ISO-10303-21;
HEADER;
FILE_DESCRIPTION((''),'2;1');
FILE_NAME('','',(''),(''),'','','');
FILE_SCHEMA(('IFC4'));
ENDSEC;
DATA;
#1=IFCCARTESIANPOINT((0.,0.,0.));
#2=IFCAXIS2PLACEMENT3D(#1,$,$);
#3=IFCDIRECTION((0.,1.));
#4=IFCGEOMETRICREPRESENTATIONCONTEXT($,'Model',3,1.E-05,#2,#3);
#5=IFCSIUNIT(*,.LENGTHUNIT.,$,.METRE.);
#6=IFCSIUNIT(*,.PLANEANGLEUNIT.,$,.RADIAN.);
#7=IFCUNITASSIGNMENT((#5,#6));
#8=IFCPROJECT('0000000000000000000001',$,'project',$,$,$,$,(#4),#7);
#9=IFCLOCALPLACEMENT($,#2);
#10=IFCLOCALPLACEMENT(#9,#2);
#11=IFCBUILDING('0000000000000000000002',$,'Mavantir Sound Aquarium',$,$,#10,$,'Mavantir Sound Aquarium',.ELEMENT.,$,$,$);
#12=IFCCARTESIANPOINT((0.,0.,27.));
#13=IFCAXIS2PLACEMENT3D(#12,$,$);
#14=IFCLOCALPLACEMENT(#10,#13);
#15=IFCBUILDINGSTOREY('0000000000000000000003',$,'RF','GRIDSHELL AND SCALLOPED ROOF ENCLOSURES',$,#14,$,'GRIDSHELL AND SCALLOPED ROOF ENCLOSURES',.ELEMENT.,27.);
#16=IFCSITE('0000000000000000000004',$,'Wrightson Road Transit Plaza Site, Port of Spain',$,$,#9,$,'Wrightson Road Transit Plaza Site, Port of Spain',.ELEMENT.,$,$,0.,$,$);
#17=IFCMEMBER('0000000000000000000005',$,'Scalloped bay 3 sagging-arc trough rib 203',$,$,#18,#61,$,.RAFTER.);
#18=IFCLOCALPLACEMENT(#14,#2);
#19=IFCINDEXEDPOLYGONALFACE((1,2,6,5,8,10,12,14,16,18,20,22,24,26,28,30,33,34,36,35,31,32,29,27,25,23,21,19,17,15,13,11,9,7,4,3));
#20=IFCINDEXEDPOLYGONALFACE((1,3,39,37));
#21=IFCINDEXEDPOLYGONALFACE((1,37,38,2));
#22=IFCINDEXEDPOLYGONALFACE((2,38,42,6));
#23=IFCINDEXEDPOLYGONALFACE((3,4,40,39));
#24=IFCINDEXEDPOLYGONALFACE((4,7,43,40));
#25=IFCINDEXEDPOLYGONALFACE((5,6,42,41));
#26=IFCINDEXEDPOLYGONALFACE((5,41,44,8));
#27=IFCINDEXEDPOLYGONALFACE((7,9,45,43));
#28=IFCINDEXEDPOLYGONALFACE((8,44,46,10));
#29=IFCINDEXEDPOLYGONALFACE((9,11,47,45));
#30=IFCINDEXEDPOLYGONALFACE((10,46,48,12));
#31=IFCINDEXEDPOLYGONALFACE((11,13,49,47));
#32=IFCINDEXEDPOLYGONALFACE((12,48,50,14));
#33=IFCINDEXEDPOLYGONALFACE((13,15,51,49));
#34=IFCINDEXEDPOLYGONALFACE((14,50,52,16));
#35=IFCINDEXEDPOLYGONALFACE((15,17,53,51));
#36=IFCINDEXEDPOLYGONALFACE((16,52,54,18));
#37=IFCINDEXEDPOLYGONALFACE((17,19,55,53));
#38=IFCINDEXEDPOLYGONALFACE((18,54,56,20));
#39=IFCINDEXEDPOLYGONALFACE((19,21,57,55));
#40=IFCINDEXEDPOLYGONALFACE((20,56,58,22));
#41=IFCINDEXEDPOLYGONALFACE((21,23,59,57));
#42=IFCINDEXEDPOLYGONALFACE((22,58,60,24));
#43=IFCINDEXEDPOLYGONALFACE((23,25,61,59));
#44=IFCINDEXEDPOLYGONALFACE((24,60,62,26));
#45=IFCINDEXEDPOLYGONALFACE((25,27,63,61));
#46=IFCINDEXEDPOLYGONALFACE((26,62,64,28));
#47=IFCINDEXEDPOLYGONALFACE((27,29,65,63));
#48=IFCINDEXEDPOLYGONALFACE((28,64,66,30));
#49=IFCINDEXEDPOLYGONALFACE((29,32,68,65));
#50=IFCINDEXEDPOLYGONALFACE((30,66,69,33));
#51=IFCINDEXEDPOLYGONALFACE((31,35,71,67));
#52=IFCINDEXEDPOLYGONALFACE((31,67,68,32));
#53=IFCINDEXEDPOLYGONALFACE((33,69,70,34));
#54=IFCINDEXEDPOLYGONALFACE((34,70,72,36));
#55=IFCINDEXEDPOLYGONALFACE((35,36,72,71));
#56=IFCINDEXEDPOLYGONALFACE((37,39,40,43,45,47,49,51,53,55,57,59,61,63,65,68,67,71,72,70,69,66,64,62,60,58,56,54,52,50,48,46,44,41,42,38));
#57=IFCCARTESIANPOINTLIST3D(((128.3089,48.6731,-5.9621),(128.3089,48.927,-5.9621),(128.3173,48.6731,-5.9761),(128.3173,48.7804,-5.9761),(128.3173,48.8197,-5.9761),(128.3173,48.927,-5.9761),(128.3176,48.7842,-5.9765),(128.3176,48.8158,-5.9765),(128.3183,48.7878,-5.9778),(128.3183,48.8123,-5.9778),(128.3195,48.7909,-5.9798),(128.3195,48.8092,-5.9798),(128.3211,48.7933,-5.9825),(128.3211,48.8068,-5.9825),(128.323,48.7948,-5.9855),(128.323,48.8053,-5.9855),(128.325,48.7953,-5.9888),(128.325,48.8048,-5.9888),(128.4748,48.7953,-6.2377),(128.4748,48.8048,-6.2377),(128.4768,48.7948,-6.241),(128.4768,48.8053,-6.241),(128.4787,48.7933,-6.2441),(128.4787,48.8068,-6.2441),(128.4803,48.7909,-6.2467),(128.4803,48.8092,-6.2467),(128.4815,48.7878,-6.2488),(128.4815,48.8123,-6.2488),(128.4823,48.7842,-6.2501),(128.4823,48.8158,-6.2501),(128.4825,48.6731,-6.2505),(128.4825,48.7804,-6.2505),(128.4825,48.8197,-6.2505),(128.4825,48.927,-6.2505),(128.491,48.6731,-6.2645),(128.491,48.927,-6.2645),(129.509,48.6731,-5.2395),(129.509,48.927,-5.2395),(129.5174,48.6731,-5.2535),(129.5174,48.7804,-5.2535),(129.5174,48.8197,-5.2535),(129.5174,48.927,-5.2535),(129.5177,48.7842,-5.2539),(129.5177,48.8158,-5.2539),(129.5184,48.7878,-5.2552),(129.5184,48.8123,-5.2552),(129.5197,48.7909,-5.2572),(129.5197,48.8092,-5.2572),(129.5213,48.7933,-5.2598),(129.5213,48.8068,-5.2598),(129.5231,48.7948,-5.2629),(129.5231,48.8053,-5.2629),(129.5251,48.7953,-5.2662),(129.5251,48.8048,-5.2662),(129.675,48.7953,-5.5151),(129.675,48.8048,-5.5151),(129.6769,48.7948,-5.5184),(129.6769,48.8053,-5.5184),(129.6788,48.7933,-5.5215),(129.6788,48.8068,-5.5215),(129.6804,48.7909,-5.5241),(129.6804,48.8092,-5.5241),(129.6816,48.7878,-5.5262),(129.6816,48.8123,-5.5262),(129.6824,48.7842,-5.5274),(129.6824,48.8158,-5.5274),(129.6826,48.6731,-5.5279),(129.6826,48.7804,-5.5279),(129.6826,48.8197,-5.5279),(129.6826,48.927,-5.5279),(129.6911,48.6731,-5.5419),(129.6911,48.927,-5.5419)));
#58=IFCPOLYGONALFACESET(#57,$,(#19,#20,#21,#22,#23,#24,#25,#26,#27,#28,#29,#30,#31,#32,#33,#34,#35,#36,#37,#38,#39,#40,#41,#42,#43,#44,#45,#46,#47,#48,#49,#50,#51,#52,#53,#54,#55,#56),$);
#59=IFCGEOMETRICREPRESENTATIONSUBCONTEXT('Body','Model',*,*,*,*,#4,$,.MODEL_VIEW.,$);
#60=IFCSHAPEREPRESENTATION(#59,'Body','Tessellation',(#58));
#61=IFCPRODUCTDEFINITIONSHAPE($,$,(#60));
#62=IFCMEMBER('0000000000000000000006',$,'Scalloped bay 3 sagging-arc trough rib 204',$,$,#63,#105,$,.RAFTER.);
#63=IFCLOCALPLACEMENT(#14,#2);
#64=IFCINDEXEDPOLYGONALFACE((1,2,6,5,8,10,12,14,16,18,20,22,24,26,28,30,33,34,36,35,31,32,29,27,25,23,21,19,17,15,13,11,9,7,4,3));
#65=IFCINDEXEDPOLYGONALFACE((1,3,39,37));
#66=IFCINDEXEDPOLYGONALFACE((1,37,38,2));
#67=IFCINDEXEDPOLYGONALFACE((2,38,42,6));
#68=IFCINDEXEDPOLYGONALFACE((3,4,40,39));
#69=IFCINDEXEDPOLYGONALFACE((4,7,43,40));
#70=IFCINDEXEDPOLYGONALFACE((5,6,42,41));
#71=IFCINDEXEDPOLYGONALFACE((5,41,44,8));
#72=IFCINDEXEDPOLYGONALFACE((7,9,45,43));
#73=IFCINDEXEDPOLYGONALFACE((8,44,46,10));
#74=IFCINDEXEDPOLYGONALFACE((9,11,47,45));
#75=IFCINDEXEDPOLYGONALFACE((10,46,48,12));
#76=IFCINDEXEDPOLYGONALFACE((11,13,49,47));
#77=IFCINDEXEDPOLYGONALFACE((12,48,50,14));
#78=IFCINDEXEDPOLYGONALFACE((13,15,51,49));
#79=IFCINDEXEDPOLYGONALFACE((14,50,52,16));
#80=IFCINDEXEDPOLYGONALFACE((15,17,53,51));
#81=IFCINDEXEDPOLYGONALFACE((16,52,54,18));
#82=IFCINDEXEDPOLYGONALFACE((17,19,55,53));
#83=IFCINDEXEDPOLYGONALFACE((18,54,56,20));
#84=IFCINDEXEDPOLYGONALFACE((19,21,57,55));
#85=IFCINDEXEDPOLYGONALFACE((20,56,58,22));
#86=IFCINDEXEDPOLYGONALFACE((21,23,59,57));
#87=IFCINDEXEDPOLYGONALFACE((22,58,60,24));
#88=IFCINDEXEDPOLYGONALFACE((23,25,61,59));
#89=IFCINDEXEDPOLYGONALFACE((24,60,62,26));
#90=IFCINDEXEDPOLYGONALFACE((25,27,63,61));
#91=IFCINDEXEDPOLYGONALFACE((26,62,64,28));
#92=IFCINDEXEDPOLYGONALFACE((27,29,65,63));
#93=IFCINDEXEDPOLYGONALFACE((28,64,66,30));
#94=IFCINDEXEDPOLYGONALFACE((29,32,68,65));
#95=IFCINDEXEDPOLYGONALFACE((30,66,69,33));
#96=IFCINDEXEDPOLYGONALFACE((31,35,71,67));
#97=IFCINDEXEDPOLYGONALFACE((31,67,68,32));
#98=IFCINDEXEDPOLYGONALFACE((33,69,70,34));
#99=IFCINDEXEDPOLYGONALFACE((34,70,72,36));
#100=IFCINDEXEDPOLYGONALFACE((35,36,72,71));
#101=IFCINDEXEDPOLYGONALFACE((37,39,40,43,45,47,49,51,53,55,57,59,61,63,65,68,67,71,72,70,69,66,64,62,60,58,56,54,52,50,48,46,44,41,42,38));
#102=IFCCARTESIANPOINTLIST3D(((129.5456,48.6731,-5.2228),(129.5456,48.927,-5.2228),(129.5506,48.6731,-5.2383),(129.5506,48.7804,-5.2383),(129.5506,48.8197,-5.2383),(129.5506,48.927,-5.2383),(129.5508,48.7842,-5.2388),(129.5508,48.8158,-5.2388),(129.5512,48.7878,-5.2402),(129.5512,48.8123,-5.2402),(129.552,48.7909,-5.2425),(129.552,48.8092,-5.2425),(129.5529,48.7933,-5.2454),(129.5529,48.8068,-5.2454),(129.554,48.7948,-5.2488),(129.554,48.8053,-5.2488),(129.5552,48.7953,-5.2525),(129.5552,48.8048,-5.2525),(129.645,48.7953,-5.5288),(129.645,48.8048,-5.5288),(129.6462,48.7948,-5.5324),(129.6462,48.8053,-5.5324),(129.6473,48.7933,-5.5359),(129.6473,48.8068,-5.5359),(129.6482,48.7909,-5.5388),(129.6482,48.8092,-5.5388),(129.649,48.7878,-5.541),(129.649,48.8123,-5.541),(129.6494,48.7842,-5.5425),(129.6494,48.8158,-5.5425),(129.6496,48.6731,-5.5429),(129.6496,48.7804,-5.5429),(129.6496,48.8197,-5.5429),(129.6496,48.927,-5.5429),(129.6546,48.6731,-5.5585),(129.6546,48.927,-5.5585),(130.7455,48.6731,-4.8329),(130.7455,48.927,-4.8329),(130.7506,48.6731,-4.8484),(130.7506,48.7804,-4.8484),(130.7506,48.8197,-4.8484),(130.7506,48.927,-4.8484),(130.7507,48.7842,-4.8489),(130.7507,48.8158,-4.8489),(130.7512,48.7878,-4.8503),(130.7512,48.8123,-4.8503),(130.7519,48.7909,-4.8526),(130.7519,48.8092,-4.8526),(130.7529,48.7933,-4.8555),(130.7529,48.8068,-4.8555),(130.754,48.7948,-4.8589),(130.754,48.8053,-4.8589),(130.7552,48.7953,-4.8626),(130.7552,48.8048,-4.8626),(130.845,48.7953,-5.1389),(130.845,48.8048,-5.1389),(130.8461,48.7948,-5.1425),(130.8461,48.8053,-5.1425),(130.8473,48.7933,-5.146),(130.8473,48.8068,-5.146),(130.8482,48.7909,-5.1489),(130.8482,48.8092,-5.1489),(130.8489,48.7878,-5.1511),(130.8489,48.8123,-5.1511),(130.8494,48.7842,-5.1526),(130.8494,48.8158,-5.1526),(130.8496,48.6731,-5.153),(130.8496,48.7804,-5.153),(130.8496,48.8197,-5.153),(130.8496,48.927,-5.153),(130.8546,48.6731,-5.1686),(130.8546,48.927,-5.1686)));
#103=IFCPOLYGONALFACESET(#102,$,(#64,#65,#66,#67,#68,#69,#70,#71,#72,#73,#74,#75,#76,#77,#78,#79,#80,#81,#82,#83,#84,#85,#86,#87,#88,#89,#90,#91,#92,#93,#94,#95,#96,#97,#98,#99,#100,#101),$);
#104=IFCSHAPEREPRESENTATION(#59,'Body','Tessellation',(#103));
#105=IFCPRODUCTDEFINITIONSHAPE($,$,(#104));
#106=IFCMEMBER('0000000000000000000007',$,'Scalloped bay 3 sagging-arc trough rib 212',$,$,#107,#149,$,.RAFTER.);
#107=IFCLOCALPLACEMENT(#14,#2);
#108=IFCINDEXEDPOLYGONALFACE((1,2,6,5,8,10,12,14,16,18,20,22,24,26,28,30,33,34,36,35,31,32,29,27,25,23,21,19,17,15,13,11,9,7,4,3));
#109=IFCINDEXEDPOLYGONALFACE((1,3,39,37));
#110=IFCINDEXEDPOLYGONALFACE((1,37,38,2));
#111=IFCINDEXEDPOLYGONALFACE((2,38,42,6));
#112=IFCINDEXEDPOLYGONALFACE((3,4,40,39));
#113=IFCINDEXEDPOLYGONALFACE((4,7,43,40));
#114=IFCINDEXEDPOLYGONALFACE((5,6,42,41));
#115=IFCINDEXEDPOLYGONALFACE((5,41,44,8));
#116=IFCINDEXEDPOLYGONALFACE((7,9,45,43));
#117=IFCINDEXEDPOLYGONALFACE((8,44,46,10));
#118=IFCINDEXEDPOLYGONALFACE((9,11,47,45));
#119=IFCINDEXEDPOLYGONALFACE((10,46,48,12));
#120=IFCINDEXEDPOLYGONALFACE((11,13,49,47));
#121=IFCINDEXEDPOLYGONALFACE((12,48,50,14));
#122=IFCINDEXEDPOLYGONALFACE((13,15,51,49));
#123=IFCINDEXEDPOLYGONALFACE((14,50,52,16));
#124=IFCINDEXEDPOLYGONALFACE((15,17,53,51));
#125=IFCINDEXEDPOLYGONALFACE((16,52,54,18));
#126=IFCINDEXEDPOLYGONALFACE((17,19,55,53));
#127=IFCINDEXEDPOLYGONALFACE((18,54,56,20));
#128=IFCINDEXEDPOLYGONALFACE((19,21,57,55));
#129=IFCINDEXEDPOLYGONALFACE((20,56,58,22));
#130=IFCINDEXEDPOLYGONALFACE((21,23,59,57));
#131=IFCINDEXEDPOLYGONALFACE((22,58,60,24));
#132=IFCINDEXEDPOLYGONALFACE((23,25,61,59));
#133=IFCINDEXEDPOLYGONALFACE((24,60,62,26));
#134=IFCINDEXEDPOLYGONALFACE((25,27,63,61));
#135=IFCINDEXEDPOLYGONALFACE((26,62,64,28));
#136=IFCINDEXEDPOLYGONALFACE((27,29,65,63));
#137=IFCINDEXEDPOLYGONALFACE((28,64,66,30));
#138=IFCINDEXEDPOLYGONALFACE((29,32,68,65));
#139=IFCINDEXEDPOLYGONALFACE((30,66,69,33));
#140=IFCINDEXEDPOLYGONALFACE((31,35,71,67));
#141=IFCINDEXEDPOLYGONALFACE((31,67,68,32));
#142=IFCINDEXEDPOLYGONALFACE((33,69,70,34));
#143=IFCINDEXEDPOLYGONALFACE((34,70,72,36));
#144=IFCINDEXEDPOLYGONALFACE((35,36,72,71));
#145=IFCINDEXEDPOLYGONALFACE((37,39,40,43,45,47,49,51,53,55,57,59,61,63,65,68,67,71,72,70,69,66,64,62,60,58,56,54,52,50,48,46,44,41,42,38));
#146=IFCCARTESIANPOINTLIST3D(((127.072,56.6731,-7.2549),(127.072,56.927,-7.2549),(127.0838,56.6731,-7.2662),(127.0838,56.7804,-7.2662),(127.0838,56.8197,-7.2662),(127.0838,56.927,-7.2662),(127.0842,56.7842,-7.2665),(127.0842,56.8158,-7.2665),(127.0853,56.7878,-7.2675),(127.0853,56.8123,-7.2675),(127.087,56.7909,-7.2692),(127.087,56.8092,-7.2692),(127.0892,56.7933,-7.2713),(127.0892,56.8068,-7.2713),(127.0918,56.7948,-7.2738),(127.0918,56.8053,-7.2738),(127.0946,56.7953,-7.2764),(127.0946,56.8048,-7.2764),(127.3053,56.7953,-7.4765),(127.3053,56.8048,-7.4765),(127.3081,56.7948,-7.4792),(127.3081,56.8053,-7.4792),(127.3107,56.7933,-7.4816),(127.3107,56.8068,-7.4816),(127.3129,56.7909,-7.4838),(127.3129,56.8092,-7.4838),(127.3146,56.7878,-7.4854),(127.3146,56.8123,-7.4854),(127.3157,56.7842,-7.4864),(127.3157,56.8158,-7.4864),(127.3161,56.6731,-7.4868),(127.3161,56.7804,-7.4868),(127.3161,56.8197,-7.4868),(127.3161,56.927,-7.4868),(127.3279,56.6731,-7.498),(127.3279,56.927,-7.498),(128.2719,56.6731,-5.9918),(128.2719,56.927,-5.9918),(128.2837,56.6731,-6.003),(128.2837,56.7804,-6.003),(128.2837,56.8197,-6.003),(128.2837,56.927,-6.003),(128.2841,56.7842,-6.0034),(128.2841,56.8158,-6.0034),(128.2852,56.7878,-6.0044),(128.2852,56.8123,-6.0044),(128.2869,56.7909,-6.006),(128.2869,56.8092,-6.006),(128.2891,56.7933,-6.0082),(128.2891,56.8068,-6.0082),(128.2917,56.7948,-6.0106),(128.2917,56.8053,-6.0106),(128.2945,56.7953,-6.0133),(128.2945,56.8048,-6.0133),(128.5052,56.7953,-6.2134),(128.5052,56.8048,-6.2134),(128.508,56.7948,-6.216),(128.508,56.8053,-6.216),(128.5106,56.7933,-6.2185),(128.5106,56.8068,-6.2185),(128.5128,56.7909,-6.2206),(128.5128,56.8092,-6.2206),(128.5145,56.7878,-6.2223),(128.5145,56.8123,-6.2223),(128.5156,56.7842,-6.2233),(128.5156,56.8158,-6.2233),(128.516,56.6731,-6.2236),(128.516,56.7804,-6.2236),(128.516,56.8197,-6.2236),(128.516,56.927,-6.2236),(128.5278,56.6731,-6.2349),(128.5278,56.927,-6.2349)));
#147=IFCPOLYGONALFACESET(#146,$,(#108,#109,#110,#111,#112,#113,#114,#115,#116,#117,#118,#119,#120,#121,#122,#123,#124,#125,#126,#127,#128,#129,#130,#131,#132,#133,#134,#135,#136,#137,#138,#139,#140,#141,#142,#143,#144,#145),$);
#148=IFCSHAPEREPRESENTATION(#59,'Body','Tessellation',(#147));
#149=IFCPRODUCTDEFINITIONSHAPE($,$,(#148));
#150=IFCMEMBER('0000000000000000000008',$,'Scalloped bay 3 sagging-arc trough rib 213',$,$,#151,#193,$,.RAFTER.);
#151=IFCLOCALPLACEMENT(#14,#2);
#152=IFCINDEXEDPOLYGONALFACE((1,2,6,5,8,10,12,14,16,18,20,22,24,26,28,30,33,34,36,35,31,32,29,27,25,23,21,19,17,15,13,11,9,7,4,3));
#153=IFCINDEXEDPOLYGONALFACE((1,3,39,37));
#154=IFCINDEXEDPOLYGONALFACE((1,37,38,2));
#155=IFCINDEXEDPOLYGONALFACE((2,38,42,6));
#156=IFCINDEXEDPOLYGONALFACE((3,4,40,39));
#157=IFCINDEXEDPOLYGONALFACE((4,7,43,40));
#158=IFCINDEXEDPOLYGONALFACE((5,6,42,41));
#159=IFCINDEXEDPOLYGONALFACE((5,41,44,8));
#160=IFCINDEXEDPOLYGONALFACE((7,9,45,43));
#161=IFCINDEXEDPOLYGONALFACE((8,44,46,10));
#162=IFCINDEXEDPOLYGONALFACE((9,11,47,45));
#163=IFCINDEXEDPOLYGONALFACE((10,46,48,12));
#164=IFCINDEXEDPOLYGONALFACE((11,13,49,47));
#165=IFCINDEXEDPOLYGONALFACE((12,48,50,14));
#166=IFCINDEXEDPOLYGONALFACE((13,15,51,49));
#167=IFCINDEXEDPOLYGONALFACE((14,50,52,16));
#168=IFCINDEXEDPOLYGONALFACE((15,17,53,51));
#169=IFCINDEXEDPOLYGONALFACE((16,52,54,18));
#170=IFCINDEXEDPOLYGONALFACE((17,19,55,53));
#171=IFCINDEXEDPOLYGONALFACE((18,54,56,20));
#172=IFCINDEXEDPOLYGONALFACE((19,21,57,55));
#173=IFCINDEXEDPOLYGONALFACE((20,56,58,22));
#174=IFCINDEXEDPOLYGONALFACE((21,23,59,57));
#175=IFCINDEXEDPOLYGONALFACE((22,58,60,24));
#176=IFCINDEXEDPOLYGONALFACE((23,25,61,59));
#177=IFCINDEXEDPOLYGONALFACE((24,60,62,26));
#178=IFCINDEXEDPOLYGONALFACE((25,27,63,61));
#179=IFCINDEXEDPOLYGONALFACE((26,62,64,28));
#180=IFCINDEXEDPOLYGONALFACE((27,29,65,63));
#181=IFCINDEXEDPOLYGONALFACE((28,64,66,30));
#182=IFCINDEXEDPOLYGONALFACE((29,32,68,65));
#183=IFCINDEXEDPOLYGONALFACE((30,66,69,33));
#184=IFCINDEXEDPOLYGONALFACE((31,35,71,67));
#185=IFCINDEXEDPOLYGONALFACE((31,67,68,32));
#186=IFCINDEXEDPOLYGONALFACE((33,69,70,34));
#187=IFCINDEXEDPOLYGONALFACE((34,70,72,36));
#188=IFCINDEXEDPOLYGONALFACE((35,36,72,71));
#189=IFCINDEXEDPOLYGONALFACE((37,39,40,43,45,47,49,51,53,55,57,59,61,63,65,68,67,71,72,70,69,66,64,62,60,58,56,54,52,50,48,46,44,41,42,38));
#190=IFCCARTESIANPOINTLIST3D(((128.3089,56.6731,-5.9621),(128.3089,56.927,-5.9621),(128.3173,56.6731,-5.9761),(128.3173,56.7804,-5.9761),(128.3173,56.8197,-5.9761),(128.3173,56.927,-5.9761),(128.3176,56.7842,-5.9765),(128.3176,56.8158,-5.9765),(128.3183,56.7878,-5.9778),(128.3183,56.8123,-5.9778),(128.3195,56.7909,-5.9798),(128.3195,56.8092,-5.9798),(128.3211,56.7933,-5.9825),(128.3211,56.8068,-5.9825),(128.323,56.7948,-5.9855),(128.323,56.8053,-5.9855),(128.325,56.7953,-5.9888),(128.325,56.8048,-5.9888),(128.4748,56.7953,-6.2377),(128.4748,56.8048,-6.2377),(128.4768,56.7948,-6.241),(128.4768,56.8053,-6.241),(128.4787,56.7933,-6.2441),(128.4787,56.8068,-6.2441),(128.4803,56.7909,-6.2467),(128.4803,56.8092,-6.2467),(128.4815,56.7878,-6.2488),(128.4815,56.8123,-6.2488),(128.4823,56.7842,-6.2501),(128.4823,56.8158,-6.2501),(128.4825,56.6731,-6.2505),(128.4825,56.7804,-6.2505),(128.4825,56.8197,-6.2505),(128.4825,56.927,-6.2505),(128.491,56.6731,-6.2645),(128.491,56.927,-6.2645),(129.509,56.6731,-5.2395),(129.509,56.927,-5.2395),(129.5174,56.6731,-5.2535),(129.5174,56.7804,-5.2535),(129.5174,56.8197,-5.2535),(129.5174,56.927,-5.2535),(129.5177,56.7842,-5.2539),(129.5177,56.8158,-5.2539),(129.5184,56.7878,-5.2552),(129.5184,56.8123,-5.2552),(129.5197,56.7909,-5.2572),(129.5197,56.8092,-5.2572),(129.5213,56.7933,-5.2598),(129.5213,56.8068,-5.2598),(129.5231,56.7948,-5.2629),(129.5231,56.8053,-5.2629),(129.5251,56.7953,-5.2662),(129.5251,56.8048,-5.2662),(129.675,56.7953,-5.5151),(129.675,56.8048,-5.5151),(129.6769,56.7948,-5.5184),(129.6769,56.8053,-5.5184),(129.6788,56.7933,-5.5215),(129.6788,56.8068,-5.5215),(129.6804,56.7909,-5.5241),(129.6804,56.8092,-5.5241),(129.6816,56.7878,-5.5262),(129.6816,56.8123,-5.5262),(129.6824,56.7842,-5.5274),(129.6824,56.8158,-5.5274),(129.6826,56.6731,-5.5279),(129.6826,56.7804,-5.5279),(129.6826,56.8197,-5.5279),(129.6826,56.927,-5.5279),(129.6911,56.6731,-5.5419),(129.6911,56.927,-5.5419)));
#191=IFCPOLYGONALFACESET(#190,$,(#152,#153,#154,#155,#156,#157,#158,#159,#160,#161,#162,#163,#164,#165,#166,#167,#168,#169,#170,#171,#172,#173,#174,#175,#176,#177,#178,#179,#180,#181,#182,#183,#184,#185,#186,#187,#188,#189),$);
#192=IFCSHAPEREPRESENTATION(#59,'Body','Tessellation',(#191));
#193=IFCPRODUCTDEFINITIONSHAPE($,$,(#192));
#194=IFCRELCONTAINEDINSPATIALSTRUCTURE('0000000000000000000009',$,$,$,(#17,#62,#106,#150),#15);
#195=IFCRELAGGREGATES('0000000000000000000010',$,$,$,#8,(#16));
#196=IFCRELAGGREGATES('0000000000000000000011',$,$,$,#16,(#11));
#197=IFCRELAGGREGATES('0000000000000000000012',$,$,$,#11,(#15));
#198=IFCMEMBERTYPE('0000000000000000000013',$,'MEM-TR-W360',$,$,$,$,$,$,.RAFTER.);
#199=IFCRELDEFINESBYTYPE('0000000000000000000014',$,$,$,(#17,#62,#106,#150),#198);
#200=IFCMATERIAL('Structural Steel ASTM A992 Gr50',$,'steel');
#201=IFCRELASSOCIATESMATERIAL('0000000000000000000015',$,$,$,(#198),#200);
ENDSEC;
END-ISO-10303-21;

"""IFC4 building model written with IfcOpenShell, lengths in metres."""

from ifc_helpers import new_model, si_unit, direction, frame, origin, origin_2d, place, context, subcontext, project, spatial, i_section, extrude, material, material_profile, profile_set, type_object, element, save


model = new_model("IFC4")

# Units and contexts
model_context = context("Model", 3, precision=1e-05, world=origin(), true_north=direction((0.0, 1.0)))
body_context = subcontext(model_context, "Body", "Model", "MODEL_VIEW")
ifc_project = project(units=[si_unit("LENGTHUNIT", "METRE"), si_unit("PLANEANGLEUNIT", "RADIAN")], contexts=[model_context])

# Site, building, storey
site_placement = place(None, origin())
site = spatial("IfcSite", under=ifc_project, at=site_placement, Name="Wrightson Road Transit Plaza Site, Port of Spain", LongName="Wrightson Road Transit Plaza Site, Port of Spain", CompositionType="ELEMENT", RefElevation=0.0)
building_placement = place(site_placement, origin())
building = spatial("IfcBuilding", under=site, at=building_placement, Name="Mavantir Sound Aquarium", LongName="Mavantir Sound Aquarium", CompositionType="ELEMENT")
storey_placement = place(building_placement, frame((0.0, 0.0, 27.0)))
storey = spatial("IfcBuildingStorey", under=building, at=storey_placement, Name="RF", Description="GRIDSHELL AND SCALLOPED ROOF ENCLOSURES", LongName="GRIDSHELL AND SCALLOPED ROOF ENCLOSURES", CompositionType="ELEMENT", Elevation=27.0)

# Shared definitions
ifc_material_1 = material(Name="Structural Steel ASTM A992 Gr50", Category="steel")

# Members
ifc_material_profile_1 = material_profile(ifc_material_1, i_section(OverallWidth=0.2539, OverallDepth=0.353, WebThickness=0.0095, FlangeThickness=0.0164, FilletRadius=0.0149, at=origin_2d()), Name="W360X91")
ifc_profile_set_1 = profile_set([ifc_material_profile_1], Name="Structural Steel ASTM A992 Gr50")
member_type_1 = type_object("IfcMemberType", Name="MEM-TR-W360", PredefinedType="RAFTER", material=ifc_profile_set_1)
member_1_placement = place(storey_placement, frame((128.3999, 48.8, -6.1133), z_axis=(0.856692, 0.0, 0.515828), x_axis=(0.0, 1.0, 0.0)))
element("IfcMember", 1, at=member_1_placement, inside=storey, type_object=member_type_1, Name="Scalloped bay 3 sagging-arc trough rib 203", PredefinedType="RAFTER", context=body_context, shape_type="SweptSolid", body=[
    extrude(i_section(OverallWidth=0.2539, OverallDepth=0.353, WebThickness=0.0095, FlangeThickness=0.0164, FilletRadius=0.0149, at=origin_2d()), origin(), (0.0, 0.0, 1.0), 1.4009),
])
member_2_placement = place(storey_placement, frame((129.6001, 48.8, -5.3906), z_axis=(0.951055, 0.0, 0.30902), x_axis=(0.0, 1.0, 0.0)))
element("IfcMember", 2, at=member_2_placement, inside=storey, type_object=member_type_1, Name="Scalloped bay 3 sagging-arc trough rib 204", PredefinedType="RAFTER", context=body_context, shape_type="SweptSolid", body=[
    extrude(i_section(OverallWidth=0.2539, OverallDepth=0.353, WebThickness=0.0095, FlangeThickness=0.0164, FilletRadius=0.0149, at=origin_2d()), origin(), (0.0, 0.0, 1.0), 1.2617),
])
member_3_placement = place(storey_placement, frame((127.2, 56.8, -7.3765), z_axis=(0.688727, 0.0, 0.72502), x_axis=(0.0, 1.0, 0.0)))
element("IfcMember", 3, at=member_3_placement, inside=storey, type_object=member_type_1, Name="Scalloped bay 3 sagging-arc trough rib 212", PredefinedType="RAFTER", context=body_context, shape_type="SweptSolid", body=[
    extrude(i_section(OverallWidth=0.2539, OverallDepth=0.353, WebThickness=0.0095, FlangeThickness=0.0164, FilletRadius=0.0149, at=origin_2d()), origin(), (0.0, 0.0, 1.0), 1.7422),
])
member_4_placement = place(storey_placement, frame((128.3999, 56.8, -6.1133), z_axis=(0.856692, 0.0, 0.515828), x_axis=(0.0, 1.0, 0.0)))
element("IfcMember", 4, at=member_4_placement, inside=storey, type_object=member_type_1, Name="Scalloped bay 3 sagging-arc trough rib 213", PredefinedType="RAFTER", context=body_context, shape_type="SweptSolid", body=[
    extrude(i_section(OverallWidth=0.2539, OverallDepth=0.353, WebThickness=0.0095, FlangeThickness=0.0164, FilletRadius=0.0149, at=origin_2d()), origin(), (0.0, 0.0, 1.0), 1.4009),
])

save(model, "model.ifc")
